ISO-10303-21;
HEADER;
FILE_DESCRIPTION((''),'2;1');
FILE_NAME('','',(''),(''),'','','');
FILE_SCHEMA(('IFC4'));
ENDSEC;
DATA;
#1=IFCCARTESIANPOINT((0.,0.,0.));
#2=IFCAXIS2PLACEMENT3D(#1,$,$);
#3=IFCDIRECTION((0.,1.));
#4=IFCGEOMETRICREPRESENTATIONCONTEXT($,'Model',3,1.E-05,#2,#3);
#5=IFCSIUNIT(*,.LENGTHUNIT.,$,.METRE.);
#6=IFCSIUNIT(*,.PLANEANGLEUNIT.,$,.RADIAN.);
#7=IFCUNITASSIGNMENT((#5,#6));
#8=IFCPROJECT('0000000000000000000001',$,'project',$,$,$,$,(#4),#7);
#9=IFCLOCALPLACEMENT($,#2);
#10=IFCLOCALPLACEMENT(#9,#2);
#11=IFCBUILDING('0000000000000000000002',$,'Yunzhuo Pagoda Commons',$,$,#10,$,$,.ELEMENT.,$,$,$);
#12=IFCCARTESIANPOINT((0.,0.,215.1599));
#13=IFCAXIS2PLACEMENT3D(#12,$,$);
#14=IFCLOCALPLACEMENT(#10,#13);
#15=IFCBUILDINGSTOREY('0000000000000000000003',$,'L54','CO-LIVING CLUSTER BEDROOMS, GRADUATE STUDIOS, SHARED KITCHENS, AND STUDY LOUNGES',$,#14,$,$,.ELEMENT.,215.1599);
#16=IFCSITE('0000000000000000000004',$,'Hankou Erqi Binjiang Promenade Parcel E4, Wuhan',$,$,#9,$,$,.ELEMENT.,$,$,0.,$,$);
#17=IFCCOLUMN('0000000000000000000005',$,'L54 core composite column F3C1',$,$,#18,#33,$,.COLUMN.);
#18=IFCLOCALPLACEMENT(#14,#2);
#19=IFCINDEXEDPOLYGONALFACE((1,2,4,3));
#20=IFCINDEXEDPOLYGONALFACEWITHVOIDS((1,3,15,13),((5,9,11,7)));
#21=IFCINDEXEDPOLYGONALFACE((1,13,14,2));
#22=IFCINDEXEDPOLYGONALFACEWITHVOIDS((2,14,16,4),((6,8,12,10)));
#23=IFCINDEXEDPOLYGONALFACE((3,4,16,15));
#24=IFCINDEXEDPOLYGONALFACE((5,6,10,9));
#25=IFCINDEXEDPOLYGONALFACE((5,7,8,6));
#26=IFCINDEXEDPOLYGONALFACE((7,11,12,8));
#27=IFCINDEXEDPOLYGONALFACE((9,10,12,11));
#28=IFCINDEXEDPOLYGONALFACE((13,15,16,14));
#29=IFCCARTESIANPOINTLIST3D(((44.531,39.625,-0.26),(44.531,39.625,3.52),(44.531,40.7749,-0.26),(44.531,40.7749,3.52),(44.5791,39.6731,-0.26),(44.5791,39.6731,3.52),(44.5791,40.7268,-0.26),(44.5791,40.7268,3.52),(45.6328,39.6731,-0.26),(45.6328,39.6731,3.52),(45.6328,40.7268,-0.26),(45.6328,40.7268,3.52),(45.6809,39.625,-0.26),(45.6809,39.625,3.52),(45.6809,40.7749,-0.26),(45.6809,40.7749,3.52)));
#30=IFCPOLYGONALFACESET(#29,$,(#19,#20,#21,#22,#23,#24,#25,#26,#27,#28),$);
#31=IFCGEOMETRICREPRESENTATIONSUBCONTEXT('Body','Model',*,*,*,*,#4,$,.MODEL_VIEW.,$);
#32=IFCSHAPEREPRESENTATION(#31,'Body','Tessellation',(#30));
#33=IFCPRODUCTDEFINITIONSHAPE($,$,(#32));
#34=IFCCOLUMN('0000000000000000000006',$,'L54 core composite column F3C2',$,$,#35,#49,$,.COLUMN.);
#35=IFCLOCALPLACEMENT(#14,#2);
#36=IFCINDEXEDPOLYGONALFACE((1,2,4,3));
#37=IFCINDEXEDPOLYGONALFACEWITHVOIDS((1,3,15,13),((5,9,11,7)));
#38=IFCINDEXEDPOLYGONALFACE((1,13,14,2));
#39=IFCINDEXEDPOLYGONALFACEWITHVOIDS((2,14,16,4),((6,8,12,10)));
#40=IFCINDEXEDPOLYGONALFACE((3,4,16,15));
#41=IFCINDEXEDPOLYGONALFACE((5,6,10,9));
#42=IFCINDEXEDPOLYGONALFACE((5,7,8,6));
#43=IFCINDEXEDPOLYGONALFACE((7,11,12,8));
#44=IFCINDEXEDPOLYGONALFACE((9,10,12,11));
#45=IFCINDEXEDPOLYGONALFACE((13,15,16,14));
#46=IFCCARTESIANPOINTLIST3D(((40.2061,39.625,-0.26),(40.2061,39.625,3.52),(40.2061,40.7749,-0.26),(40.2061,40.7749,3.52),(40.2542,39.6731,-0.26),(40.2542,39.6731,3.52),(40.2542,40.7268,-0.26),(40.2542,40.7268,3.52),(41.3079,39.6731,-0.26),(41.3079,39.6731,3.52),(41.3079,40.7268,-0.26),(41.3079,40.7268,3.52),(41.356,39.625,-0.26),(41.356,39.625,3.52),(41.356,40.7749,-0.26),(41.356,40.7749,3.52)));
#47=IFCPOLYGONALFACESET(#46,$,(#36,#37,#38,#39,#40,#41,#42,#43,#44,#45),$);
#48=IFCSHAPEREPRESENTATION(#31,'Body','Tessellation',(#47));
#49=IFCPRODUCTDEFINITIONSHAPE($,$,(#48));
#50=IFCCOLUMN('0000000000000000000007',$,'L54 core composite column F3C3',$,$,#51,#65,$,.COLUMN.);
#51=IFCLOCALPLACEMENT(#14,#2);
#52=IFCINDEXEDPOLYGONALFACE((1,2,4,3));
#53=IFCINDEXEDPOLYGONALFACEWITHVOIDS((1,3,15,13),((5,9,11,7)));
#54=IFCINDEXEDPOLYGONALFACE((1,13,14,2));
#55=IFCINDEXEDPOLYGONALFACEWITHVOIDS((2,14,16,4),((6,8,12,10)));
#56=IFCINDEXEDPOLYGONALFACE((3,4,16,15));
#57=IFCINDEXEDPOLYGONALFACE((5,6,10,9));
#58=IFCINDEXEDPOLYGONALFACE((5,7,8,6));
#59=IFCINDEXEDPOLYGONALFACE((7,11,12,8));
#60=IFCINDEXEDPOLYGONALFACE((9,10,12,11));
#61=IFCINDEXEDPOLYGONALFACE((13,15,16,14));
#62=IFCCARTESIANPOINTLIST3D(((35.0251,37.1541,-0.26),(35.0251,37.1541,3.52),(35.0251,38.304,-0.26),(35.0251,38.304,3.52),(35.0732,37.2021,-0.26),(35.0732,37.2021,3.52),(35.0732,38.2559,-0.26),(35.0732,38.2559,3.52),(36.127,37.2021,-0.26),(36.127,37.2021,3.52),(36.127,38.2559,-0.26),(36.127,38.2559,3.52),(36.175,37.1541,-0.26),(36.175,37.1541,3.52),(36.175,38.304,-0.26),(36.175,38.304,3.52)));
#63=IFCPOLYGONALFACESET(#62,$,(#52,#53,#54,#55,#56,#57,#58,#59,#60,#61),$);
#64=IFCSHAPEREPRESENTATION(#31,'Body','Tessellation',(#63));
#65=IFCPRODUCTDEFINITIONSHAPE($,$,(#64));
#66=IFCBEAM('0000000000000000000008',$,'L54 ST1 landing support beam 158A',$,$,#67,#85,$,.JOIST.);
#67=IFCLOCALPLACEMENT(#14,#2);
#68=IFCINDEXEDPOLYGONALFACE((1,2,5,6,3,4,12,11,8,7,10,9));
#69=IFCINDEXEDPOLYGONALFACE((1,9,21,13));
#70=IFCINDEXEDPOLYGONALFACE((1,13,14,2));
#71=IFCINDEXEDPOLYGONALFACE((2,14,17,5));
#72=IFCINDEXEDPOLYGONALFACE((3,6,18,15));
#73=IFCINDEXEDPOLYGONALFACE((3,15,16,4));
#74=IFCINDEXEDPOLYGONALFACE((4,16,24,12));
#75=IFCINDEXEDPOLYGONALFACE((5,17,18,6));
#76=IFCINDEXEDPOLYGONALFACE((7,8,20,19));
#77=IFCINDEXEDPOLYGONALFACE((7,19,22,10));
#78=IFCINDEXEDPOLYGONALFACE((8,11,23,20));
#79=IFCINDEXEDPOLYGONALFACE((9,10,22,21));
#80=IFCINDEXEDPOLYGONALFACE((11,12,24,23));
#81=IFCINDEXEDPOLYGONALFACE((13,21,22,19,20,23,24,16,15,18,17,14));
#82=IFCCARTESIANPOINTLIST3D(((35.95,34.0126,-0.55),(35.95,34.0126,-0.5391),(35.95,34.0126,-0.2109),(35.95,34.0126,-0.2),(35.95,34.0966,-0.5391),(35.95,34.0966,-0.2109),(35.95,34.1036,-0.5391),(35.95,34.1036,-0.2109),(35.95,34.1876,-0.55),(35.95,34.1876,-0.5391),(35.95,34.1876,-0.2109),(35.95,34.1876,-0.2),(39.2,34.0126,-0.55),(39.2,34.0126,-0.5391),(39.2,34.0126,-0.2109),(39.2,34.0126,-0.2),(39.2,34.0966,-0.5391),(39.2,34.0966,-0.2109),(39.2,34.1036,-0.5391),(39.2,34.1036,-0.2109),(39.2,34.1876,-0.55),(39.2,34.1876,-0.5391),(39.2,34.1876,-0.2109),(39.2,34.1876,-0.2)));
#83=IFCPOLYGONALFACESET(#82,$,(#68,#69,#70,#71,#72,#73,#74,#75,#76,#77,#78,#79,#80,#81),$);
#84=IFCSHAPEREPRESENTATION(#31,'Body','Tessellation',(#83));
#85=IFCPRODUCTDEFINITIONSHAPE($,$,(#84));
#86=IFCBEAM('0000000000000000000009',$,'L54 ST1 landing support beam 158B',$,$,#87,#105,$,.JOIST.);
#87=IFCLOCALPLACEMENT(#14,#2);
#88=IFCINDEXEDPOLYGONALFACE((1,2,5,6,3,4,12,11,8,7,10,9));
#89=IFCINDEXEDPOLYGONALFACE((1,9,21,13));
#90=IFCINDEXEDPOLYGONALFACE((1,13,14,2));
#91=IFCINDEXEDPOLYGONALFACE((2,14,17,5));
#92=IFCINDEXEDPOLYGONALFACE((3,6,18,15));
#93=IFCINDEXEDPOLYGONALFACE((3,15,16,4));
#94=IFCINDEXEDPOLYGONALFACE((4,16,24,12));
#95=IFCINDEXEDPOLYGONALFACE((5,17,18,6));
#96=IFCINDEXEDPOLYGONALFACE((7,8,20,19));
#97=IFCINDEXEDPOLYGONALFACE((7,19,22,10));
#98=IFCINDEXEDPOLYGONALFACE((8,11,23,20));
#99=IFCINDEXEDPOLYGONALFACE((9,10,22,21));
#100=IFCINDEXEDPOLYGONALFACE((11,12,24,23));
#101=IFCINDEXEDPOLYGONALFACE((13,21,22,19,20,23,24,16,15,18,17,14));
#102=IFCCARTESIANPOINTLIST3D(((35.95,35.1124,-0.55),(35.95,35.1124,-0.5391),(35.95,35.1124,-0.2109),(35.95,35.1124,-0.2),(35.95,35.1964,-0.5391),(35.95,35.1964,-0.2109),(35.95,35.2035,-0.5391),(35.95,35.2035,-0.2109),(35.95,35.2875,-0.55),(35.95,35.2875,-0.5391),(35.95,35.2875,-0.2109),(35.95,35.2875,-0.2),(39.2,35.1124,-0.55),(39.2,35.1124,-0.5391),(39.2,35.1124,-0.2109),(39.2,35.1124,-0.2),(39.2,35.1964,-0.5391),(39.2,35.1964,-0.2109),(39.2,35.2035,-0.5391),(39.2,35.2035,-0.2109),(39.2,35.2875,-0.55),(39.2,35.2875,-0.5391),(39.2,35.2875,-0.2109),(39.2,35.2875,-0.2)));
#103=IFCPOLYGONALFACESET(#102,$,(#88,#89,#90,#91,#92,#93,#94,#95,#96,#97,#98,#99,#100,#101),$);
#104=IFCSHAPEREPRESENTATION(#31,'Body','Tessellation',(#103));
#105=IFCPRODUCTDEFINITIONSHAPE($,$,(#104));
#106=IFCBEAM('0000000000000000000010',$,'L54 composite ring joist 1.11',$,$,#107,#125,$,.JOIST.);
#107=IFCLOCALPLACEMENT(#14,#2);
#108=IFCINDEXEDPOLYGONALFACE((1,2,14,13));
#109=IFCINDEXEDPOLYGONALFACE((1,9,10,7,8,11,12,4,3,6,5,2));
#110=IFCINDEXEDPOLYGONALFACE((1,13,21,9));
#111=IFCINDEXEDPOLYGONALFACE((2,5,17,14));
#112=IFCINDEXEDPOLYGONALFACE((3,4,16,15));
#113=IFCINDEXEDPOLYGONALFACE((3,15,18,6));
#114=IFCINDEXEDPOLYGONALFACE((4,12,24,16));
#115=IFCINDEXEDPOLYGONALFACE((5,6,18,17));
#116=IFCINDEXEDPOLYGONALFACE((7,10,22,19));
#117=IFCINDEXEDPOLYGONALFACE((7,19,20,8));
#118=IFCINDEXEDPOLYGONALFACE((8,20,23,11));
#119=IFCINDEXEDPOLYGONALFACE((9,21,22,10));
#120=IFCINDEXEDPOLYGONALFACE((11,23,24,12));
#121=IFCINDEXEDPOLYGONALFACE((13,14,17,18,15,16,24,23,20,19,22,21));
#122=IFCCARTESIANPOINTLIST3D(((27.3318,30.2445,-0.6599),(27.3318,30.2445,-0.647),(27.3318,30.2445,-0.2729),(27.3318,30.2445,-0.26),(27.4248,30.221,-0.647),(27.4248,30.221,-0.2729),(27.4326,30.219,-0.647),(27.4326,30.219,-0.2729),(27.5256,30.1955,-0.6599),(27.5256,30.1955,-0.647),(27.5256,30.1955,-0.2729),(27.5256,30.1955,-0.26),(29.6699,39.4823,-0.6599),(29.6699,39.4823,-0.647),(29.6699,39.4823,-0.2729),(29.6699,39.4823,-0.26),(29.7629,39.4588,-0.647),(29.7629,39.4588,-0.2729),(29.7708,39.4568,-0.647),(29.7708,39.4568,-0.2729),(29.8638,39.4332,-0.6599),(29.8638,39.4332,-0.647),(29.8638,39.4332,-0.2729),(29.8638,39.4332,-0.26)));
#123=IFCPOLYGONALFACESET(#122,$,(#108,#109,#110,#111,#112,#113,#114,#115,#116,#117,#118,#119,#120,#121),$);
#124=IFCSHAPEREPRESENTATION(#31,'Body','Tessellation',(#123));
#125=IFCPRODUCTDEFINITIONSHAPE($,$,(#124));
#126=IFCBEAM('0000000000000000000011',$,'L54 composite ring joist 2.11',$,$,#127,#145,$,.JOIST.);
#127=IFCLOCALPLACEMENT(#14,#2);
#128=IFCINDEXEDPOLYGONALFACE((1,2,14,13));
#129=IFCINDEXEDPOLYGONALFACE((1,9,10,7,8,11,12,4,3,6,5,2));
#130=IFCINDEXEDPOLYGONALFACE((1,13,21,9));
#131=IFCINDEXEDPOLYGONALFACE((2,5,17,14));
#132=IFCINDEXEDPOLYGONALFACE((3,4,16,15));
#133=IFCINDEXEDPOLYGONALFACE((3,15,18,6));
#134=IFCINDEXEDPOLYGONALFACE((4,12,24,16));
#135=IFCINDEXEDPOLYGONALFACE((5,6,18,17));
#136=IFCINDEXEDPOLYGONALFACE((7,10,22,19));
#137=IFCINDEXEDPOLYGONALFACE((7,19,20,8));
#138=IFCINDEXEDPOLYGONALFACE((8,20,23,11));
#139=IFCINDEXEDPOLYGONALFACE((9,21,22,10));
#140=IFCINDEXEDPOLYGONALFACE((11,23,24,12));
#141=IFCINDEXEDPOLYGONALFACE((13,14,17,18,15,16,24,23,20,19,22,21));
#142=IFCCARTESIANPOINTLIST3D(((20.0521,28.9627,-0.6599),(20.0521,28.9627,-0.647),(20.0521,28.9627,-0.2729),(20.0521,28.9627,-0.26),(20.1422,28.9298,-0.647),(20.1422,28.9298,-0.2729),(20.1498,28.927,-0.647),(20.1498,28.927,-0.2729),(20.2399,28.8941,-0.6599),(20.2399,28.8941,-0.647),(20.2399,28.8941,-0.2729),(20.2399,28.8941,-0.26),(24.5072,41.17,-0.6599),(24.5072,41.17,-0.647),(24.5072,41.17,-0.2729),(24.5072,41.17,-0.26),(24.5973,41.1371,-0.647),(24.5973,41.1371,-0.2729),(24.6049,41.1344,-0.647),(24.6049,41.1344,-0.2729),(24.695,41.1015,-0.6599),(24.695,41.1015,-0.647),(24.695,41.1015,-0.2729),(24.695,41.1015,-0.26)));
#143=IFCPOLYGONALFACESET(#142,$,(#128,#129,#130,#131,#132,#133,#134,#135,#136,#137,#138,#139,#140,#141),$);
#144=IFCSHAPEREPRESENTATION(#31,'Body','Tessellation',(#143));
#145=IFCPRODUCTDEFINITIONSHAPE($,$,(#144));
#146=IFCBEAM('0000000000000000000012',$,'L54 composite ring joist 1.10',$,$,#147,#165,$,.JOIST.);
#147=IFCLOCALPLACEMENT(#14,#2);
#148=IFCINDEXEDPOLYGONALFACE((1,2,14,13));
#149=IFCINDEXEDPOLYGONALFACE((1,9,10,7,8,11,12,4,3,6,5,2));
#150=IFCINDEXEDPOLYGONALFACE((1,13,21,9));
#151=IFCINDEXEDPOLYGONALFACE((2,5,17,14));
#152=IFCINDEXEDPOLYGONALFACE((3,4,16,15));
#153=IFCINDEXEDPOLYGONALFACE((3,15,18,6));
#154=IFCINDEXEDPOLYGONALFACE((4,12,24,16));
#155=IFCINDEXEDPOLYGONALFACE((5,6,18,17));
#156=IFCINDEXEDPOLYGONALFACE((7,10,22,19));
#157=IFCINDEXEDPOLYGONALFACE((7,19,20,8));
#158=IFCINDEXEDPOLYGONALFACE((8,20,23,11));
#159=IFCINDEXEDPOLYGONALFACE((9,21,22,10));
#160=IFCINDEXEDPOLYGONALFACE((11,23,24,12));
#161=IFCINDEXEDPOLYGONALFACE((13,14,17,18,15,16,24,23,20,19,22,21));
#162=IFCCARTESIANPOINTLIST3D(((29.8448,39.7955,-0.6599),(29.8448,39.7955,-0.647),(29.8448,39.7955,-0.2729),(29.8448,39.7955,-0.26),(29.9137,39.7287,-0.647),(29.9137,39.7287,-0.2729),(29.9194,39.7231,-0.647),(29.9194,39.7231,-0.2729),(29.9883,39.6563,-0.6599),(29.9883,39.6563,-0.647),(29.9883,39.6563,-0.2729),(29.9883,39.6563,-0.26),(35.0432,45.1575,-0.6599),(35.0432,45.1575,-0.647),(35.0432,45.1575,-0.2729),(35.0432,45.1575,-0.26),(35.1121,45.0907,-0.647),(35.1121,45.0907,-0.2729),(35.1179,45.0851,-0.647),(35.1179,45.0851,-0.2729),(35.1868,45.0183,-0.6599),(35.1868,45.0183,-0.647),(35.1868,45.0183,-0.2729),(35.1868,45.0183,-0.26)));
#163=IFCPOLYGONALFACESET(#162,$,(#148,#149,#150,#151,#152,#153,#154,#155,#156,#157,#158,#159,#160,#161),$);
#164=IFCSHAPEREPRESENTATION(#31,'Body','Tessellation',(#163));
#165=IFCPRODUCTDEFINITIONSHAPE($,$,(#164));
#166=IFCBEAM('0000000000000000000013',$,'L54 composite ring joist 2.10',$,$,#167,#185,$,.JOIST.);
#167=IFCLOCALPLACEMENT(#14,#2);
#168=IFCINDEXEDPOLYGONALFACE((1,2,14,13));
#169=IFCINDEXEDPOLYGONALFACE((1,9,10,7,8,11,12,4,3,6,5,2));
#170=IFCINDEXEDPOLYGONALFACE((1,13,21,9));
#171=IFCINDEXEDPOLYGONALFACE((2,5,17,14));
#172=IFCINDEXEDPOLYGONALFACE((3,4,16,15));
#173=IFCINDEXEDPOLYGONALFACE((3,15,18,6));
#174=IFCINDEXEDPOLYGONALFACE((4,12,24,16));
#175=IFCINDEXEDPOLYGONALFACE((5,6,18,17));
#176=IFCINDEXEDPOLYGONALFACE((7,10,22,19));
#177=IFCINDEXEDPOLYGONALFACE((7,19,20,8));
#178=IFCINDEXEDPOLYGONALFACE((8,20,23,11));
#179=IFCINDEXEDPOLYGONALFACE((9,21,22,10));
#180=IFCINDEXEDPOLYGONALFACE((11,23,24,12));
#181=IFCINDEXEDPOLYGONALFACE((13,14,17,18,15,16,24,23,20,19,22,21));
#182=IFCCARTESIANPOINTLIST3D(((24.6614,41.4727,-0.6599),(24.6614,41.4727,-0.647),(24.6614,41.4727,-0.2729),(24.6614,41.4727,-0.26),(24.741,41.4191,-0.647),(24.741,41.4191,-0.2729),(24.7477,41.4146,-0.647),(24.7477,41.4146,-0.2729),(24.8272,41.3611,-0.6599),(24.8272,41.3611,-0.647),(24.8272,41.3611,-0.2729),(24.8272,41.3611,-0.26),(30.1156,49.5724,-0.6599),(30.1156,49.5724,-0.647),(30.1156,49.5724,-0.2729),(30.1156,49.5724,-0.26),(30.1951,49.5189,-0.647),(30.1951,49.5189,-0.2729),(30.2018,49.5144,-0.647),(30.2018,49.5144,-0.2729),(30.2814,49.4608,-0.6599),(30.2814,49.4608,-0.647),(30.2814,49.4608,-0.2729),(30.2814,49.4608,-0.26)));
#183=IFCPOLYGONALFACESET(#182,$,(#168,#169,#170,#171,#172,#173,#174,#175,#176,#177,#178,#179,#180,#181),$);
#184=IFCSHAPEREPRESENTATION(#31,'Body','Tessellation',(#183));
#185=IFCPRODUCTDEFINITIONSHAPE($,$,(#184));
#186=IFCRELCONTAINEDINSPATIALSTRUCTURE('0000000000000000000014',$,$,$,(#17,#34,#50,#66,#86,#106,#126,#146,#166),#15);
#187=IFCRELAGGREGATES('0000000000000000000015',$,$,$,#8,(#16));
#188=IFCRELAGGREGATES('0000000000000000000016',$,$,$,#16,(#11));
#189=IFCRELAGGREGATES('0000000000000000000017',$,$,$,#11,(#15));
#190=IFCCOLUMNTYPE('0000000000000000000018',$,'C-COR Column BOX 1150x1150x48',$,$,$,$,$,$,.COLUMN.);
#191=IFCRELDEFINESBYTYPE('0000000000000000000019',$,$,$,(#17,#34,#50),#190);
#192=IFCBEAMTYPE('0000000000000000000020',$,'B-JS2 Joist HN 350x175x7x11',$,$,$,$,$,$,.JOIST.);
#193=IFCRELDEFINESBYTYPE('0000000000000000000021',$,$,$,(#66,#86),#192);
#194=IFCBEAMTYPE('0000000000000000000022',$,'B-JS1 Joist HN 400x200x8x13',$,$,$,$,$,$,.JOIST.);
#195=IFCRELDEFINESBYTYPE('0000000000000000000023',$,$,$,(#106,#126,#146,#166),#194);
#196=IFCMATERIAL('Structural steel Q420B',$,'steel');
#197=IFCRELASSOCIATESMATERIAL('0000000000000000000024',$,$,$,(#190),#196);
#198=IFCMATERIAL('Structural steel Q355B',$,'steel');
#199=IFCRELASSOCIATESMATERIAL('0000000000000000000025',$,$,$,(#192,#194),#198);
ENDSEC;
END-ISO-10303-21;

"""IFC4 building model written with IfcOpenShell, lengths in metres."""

from ifc_helpers import new_model, si_unit, direction, frame, origin, origin_2d, place, context, subcontext, project, spatial, hollow_rectangle, i_section, extrude, source, transform, mapped, material, material_profile, profile_set, type_object, element, save


model = new_model("IFC4")

# Units and contexts
model_context = context("Model", 3, precision=1e-05, world=origin(), true_north=direction((0.0, 1.0)))
body_context = subcontext(model_context, "Body", "Model", "MODEL_VIEW")
ifc_project = project(units=[si_unit("LENGTHUNIT", "METRE"), si_unit("PLANEANGLEUNIT", "RADIAN")], contexts=[model_context])

# Site, building, storey
site_placement = place(None, origin())
site = spatial("IfcSite", under=ifc_project, at=site_placement, Name="Hankou Erqi Binjiang Promenade Parcel E4, Wuhan", CompositionType="ELEMENT", RefElevation=0.0)
building_placement = place(site_placement, origin())
building = spatial("IfcBuilding", under=site, at=building_placement, Name="Yunzhuo Pagoda Commons", CompositionType="ELEMENT")
storey_placement = place(building_placement, frame((0.0, 0.0, 215.1599)))
storey = spatial("IfcBuildingStorey", under=building, at=storey_placement, Name="L54", Description="CO-LIVING CLUSTER BEDROOMS, GRADUATE STUDIOS, SHARED KITCHENS, AND STUDY LOUNGES", CompositionType="ELEMENT", Elevation=215.1599)

# Columns
ifc_material_1 = material(Name="Structural steel Q420B", Category="steel")
ifc_material_profile_1 = material_profile(ifc_material_1, hollow_rectangle(XDim=1.1499, YDim=1.1499, WallThickness=0.0481, at=origin_2d()), Name="Structural steel Q420B")
ifc_profile_set_1 = profile_set([ifc_material_profile_1], Name="Structural steel Q420B")
column_type = type_object("IfcColumnType", Name="C-COR Column BOX 1150x1150x48", PredefinedType="COLUMN", material=ifc_profile_set_1)
shared_shape_1 = source(origin(), body_context, "Body", "SweptSolid", [
    extrude(hollow_rectangle(XDim=1.1499, YDim=1.1499, WallThickness=0.0481, at=origin_2d()), origin(), (0.0, 0.0, 1.0), 3.78),
])
for number, where, z_axis, x_axis, name in (
    (1, (45.106, 40.2, -0.26), (0.0, 0.0, 1.0), (1.0, 0.0, 0.0), "L54 core composite column F3C1"),
    (2, (40.781, 40.2, -0.26), (0.0, 0.0, 1.0), (1.0, 0.0, 0.0), "L54 core composite column F3C2"),
    (3, (35.6001, 37.729, -0.26), (0.0, 0.0, 1.0), (1.0, 0.0, 0.0), "L54 core composite column F3C3"),
):
    element("IfcColumn", number, at=place(storey_placement, frame(where, z_axis=z_axis, x_axis=x_axis)), inside=storey, type_object=column_type, Name=name, PredefinedType="COLUMN", context=body_context, shape_type="MappedRepresentation", body=[
        mapped(shared_shape_1, transform((0.0, 0.0, 0.0), scale=1.0)),
    ])

# Beams
ifc_material_2 = material(Name="Structural steel Q355B", Category="steel")
ifc_material_profile_2 = material_profile(ifc_material_2, i_section(OverallWidth=0.175, OverallDepth=0.3501, WebThickness=0.0071, FlangeThickness=0.011, at=origin_2d()), Name="Structural steel Q355B")
ifc_profile_set_2 = profile_set([ifc_material_profile_2], Name="Structural steel Q355B")
beam_type_1 = type_object("IfcBeamType", Name="B-JS2 Joist HN 350x175x7x11", PredefinedType="JOIST", material=ifc_profile_set_2)
shared_shape_2 = source(origin(), body_context, "Body", "SweptSolid", [
    extrude(i_section(OverallWidth=0.175, OverallDepth=0.3501, WebThickness=0.0071, FlangeThickness=0.011, at=origin_2d()), origin(), (0.0, 0.0, 1.0), 3.25),
])
for number, where, z_axis, x_axis, name in (
    (4, (35.95, 34.1001, -0.375), (1.0, 0.0, 0.0), (0.0, 1.0, 0.0), "L54 ST1 landing support beam 158A"),
    (5, (35.95, 35.2, -0.375), (1.0, 0.0, 0.0), (0.0, 1.0, 0.0), "L54 ST1 landing support beam 158B"),
):
    element("IfcBeam", number, at=place(storey_placement, frame(where, z_axis=z_axis, x_axis=x_axis)), inside=storey, type_object=beam_type_1, Name=name, PredefinedType="JOIST", context=body_context, shape_type="MappedRepresentation", body=[
        mapped(shared_shape_2, transform((0.0, 0.0, 0.0), scale=1.0)),
    ])
ifc_material_profile_3 = material_profile(ifc_material_2, i_section(OverallWidth=0.2, OverallDepth=0.3999, WebThickness=0.0081, FlangeThickness=0.0129, at=origin_2d()), Name="Structural steel Q355B")
ifc_profile_set_3 = profile_set([ifc_material_profile_3], Name="Structural steel Q355B")
beam_type_2 = type_object("IfcBeamType", Name="B-JS1 Joist HN 400x200x8x13", PredefinedType="JOIST", material=ifc_profile_set_3)
shared_shape_3 = source(origin(), body_context, "Body", "SweptSolid", [
    extrude(i_section(OverallWidth=0.2, OverallDepth=0.3999, WebThickness=0.0081, FlangeThickness=0.0129, at=origin_2d()), origin(), (0.0, 0.0, 1.0), 9.5291),
])
beam_1_placement = place(storey_placement, frame((29.7668, 39.4578, -0.46), z_axis=(-0.245368, -0.96943, 0.0), x_axis=(0.96943, -0.245368, 0.0)))
element("IfcBeam", 6, at=beam_1_placement, inside=storey, type_object=beam_type_2, Name="L54 composite ring joist 1.11", PredefinedType="JOIST", context=body_context, shape_type="MappedRepresentation", body=[
    mapped(shared_shape_3, transform((0.0, 0.0, 0.0), scale=1.0)),
])
shared_shape_4 = source(origin(), body_context, "Body", "SweptSolid", [
    extrude(i_section(OverallWidth=0.2, OverallDepth=0.3999, WebThickness=0.0081, FlangeThickness=0.0129, at=origin_2d()), origin(), (0.0, 0.0, 1.0), 12.9949),
])
beam_2_placement = place(storey_placement, frame((24.6011, 41.1357, -0.46), z_axis=(-0.342835, -0.939396, 0.0), x_axis=(0.939396, -0.342835, 0.0)))
element("IfcBeam", 7, at=beam_2_placement, inside=storey, type_object=beam_type_2, Name="L54 composite ring joist 2.11", PredefinedType="JOIST", context=body_context, shape_type="MappedRepresentation", body=[
    mapped(shared_shape_4, transform((0.0, 0.0, 0.0), scale=1.0)),
])
shared_shape_5 = source(origin(), body_context, "Body", "SweptSolid", [
    extrude(i_section(OverallWidth=0.2, OverallDepth=0.3999, WebThickness=0.0081, FlangeThickness=0.0129, at=origin_2d()), origin(), (0.0, 0.0, 1.0), 7.4683),
])
beam_3_placement = place(storey_placement, frame((35.115, 45.0879, -0.46), z_axis=(-0.696071, -0.717973, 0.0), x_axis=(0.717973, -0.696071, 0.0)))
element("IfcBeam", 8, at=beam_3_placement, inside=storey, type_object=beam_type_2, Name="L54 composite ring joist 1.10", PredefinedType="JOIST", context=body_context, shape_type="MappedRepresentation", body=[
    mapped(shared_shape_5, transform((0.0, 0.0, 0.0), scale=1.0)),
])
shared_shape_6 = source(origin(), body_context, "Body", "SweptSolid", [
    extrude(i_section(OverallWidth=0.2, OverallDepth=0.3999, WebThickness=0.0081, FlangeThickness=0.0129, at=origin_2d()), origin(), (0.0, 0.0, 1.0), 9.7649),
])
beam_4_placement = place(storey_placement, frame((30.1985, 49.5166, -0.46), z_axis=(-0.558548, -0.829472, 0.0), x_axis=(0.829472, -0.558548, 0.0)))
element("IfcBeam", 9, at=beam_4_placement, inside=storey, type_object=beam_type_2, Name="L54 composite ring joist 2.10", PredefinedType="JOIST", context=body_context, shape_type="MappedRepresentation", body=[
    mapped(shared_shape_6, transform((0.0, 0.0, 0.0), scale=1.0)),
])

save(model, "model.ifc")
